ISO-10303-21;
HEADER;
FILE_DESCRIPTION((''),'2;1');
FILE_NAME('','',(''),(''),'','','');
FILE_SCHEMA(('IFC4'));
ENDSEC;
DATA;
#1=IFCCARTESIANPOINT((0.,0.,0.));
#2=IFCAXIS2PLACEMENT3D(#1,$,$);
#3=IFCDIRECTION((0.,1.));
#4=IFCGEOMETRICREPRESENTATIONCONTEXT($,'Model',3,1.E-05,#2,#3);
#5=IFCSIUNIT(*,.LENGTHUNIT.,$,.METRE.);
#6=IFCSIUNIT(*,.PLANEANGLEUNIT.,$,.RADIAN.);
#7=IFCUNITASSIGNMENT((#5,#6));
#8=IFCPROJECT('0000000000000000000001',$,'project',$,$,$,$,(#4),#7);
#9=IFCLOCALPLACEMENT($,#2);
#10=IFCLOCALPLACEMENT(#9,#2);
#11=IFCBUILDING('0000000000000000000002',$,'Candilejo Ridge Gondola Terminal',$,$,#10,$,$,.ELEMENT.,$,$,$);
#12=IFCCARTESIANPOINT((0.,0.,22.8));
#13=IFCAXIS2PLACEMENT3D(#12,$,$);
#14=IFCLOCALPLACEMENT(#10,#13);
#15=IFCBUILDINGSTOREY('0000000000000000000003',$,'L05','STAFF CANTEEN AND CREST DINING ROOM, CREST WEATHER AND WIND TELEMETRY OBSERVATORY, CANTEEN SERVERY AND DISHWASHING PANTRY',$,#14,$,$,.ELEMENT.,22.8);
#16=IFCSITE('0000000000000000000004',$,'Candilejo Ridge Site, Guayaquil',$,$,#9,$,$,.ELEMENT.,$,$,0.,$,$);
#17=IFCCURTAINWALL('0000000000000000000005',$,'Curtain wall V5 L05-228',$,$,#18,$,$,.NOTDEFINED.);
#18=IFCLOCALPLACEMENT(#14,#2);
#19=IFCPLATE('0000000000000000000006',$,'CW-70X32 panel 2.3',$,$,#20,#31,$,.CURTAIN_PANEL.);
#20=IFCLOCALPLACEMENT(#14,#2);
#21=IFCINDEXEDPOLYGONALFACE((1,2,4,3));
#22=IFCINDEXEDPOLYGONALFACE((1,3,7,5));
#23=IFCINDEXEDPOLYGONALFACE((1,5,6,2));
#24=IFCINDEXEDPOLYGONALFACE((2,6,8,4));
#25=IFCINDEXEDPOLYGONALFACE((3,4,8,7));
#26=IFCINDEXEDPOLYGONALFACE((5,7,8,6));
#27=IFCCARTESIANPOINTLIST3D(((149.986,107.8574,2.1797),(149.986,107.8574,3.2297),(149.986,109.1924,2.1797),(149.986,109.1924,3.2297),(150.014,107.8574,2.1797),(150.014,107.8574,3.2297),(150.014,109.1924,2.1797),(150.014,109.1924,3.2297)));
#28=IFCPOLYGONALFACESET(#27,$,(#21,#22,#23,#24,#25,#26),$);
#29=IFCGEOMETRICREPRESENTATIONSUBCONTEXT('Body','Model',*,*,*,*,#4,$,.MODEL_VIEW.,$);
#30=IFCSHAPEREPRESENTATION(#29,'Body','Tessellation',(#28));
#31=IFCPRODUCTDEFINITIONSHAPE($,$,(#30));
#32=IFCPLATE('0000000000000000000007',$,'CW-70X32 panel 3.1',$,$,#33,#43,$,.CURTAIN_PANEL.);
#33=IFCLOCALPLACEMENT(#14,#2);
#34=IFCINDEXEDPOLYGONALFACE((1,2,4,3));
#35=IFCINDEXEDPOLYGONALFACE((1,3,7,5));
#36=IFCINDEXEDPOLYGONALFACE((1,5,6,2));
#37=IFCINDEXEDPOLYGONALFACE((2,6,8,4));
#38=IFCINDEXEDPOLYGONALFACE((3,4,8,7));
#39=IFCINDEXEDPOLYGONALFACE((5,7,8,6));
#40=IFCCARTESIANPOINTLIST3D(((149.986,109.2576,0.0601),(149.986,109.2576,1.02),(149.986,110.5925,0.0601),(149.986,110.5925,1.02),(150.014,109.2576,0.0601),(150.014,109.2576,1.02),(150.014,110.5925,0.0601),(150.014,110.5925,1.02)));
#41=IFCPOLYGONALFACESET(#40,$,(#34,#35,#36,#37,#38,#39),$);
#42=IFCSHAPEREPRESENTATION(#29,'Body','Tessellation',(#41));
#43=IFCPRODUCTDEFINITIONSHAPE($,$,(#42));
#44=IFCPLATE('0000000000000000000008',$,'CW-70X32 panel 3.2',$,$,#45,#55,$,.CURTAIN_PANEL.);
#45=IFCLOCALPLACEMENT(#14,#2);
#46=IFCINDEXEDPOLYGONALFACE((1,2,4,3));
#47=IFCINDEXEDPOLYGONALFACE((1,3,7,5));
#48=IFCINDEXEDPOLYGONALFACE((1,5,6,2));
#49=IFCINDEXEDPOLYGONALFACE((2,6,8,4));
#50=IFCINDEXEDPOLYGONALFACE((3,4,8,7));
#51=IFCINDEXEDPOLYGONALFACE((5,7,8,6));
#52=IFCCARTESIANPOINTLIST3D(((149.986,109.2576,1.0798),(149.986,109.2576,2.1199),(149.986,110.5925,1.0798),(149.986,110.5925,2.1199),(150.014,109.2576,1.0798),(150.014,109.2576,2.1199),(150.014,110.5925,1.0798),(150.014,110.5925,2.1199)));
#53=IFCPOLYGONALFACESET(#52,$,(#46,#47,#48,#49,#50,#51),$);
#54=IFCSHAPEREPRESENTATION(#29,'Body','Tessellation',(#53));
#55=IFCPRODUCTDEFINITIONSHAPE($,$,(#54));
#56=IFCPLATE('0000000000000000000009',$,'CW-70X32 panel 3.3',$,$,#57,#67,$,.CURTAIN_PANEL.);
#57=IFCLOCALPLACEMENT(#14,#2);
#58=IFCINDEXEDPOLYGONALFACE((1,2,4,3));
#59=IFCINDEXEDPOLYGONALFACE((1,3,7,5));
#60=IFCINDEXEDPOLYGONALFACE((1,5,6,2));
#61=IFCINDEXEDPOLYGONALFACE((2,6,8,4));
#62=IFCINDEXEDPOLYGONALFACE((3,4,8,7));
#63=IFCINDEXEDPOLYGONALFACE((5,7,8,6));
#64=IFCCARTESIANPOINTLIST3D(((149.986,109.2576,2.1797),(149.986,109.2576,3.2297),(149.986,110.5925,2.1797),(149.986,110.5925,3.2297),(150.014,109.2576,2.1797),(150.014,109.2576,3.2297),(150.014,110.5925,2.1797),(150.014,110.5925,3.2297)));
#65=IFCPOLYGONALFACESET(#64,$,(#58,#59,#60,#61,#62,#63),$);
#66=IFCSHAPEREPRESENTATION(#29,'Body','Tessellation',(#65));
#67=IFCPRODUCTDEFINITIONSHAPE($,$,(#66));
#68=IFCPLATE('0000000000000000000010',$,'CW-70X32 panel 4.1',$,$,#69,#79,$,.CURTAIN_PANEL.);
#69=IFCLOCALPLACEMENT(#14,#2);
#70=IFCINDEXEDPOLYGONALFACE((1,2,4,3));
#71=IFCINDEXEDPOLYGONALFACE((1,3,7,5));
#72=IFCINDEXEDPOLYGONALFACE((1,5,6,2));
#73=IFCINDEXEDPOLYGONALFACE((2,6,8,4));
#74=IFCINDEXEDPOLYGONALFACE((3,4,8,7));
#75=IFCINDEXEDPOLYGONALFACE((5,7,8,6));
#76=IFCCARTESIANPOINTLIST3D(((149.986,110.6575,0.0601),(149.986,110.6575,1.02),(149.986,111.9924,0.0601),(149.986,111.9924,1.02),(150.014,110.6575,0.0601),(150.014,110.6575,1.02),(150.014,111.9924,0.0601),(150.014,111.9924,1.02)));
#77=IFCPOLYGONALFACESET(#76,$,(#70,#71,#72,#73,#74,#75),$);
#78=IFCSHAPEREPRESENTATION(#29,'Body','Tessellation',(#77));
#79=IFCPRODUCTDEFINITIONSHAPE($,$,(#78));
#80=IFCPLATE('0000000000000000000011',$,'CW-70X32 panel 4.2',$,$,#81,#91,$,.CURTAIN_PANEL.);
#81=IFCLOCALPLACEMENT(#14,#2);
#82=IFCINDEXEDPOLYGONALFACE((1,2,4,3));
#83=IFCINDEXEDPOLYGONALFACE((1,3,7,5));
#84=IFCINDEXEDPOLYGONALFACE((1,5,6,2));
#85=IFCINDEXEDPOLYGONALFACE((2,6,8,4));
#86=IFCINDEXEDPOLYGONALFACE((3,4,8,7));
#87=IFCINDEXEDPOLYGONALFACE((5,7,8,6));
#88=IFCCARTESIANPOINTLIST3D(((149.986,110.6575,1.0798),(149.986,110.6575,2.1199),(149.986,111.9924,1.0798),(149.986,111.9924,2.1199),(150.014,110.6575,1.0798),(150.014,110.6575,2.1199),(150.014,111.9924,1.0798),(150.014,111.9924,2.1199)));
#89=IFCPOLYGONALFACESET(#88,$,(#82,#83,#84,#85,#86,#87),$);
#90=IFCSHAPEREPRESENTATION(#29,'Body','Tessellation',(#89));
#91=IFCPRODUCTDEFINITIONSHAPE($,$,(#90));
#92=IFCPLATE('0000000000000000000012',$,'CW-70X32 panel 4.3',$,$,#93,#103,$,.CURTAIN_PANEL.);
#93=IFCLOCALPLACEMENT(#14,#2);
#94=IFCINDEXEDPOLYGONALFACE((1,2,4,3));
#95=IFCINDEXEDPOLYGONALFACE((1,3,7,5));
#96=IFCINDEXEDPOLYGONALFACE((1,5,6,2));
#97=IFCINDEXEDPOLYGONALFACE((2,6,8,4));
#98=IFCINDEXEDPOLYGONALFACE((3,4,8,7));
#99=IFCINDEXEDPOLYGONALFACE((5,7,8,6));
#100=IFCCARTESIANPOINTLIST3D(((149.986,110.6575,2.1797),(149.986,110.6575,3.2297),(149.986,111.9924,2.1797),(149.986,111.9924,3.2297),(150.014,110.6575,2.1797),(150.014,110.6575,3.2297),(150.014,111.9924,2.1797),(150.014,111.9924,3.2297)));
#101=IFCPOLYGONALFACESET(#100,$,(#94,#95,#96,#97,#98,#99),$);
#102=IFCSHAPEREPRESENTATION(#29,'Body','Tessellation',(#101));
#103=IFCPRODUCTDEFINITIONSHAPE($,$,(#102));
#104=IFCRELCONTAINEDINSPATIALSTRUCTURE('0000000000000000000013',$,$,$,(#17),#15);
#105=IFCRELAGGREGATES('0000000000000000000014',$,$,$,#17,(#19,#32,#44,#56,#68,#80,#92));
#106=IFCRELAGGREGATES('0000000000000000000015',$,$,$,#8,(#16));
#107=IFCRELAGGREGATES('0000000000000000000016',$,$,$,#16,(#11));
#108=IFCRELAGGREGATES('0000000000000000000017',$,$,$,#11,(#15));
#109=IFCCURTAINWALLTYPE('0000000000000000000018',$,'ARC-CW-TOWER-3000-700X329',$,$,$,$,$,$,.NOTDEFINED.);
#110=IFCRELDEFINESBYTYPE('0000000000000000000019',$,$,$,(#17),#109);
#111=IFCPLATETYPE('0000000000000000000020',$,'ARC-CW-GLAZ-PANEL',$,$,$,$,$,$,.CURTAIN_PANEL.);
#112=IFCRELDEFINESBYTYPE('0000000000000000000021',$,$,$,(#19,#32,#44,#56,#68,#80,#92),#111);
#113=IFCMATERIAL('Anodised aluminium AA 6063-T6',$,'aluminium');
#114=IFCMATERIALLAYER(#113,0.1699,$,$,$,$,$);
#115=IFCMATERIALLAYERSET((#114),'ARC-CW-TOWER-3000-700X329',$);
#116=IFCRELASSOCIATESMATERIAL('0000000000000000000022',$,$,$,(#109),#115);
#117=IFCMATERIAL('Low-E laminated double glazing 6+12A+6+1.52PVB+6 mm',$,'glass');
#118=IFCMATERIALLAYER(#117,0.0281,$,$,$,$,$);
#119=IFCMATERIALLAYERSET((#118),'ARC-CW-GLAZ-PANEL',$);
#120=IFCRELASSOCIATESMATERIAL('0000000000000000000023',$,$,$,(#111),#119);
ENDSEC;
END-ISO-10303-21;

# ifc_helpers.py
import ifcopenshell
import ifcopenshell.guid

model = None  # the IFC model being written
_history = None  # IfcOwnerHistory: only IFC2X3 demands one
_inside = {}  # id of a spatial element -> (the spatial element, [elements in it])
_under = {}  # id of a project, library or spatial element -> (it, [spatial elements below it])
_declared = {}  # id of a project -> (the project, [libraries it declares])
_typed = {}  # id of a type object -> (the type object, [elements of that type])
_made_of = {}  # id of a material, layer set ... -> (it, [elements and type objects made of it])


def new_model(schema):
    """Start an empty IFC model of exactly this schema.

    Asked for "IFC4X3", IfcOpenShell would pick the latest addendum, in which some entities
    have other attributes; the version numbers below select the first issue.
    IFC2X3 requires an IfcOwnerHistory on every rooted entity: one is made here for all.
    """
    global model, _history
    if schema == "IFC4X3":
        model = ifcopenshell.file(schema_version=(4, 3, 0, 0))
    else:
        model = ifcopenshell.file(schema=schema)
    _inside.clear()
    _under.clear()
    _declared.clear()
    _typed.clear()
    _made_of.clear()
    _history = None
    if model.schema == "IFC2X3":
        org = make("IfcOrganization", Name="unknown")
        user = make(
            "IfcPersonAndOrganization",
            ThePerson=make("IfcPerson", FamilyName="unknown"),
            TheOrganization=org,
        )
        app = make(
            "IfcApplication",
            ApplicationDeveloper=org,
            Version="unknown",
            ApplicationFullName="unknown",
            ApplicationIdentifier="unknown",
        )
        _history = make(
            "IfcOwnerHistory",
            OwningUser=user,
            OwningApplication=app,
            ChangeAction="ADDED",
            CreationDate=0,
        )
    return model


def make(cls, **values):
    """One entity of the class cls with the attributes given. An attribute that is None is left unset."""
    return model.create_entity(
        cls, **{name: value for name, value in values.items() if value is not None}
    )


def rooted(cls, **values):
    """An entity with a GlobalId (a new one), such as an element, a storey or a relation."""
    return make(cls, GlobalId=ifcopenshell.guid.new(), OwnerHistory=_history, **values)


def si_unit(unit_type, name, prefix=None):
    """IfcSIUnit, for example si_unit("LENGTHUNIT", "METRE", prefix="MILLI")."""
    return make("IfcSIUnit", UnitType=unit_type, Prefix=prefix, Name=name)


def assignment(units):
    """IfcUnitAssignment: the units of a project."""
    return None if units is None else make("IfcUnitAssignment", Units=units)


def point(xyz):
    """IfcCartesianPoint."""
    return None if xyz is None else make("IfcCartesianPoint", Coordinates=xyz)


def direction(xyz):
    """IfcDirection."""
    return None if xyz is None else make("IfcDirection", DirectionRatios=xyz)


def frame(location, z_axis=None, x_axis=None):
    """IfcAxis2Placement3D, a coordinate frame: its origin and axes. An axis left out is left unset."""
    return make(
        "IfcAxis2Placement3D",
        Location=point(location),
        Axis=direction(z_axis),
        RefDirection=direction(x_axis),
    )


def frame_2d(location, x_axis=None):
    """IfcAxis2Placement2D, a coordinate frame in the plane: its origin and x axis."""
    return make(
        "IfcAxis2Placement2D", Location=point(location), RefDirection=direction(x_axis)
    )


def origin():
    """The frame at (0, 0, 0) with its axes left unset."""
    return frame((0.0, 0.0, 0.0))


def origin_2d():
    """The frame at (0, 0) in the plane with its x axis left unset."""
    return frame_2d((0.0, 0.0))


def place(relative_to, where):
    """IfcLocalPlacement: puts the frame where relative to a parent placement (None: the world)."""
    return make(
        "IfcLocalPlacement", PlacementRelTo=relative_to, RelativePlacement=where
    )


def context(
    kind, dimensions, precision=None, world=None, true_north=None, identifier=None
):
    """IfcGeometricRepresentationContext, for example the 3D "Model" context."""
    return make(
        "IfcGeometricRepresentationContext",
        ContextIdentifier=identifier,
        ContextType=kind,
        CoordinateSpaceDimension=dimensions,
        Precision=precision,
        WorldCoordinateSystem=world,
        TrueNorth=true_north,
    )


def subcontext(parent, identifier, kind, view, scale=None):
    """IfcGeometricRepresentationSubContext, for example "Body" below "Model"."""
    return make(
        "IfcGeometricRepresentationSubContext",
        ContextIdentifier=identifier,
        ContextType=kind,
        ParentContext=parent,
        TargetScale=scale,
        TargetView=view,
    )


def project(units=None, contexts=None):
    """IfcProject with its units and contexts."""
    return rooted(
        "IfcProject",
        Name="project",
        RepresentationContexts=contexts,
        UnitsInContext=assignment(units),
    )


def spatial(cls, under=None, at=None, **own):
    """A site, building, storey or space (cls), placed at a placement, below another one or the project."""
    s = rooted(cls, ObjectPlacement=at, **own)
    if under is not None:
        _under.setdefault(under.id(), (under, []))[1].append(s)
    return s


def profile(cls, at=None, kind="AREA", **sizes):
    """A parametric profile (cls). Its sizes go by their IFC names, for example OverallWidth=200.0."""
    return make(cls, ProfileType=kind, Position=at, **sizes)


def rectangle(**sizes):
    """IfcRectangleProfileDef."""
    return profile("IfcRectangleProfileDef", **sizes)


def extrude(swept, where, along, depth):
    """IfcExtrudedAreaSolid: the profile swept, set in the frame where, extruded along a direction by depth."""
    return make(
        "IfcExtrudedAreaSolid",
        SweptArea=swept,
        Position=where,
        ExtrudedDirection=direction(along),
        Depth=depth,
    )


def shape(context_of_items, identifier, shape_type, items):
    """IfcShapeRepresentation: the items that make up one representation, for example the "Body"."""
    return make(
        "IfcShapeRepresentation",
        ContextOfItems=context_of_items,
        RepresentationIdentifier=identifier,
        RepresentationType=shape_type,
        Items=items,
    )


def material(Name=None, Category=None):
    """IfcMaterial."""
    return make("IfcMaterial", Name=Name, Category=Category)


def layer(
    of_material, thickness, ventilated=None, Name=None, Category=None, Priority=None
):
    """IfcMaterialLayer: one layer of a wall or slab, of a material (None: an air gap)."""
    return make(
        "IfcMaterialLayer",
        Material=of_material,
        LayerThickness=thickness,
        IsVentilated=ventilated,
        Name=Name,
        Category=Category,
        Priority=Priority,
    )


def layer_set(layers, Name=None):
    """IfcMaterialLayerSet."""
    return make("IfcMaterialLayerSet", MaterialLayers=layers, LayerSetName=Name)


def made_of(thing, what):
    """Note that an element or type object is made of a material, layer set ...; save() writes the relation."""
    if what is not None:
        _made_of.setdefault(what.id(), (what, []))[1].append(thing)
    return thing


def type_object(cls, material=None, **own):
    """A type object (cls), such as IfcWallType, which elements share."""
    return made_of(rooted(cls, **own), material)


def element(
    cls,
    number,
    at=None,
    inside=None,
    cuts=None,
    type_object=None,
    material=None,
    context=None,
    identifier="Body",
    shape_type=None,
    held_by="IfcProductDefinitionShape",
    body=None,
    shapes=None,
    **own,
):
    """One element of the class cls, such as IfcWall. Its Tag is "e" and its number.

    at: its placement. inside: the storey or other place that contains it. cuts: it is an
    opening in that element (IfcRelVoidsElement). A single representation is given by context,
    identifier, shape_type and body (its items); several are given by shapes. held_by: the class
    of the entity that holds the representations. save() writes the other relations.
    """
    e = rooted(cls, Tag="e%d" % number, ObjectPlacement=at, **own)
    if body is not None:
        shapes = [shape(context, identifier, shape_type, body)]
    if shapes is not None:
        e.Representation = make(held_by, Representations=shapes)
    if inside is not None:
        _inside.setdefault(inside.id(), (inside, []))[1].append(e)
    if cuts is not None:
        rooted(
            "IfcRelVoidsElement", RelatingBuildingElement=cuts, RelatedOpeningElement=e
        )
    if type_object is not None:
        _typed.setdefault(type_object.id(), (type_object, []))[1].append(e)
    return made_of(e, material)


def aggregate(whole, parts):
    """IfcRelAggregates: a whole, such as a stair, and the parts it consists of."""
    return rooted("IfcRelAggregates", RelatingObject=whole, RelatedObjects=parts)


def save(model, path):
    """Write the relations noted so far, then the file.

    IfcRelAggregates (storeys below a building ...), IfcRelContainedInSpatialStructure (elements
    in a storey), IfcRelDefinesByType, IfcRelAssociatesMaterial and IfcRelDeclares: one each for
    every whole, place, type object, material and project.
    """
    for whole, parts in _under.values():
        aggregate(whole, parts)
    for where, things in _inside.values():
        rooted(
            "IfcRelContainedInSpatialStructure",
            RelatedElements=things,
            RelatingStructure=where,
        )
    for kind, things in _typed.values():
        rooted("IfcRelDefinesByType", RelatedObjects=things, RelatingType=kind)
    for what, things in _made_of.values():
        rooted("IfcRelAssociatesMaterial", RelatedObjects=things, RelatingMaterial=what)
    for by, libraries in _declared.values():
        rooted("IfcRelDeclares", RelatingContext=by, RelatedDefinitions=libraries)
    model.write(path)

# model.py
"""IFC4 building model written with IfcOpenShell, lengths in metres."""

from ifc_helpers import new_model, si_unit, direction, frame, origin, origin_2d, place, context, subcontext, project, spatial, rectangle, extrude, material, layer, layer_set, type_object, element, aggregate, save


model = new_model("IFC4")

# Units and contexts
model_context = context("Model", 3, precision=1e-05, world=origin(), true_north=direction((0.0, 1.0)))
body_context = subcontext(model_context, "Body", "Model", "MODEL_VIEW")
ifc_project = project(units=[si_unit("LENGTHUNIT", "METRE"), si_unit("PLANEANGLEUNIT", "RADIAN")], contexts=[model_context])

# Site, building, storey
site_placement = place(None, origin())
site = spatial("IfcSite", under=ifc_project, at=site_placement, Name="Candilejo Ridge Site, Guayaquil", CompositionType="ELEMENT", RefElevation=0.0)
building_placement = place(site_placement, origin())
building = spatial("IfcBuilding", under=site, at=building_placement, Name="Candilejo Ridge Gondola Terminal", CompositionType="ELEMENT")
storey_placement = place(building_placement, frame((0.0, 0.0, 22.8)))
storey = spatial("IfcBuildingStorey", under=building, at=storey_placement, Name="L05", Description="STAFF CANTEEN AND CREST DINING ROOM, CREST WEATHER AND WIND TELEMETRY OBSERVATORY, CANTEEN SERVERY AND DISHWASHING PANTRY", CompositionType="ELEMENT", Elevation=22.8)

# Curtain wall, plates
ifc_material_1 = material(Name="Anodised aluminium AA 6063-T6", Category="aluminium")
ifc_layer_1 = layer(ifc_material_1, 0.1699)
ifc_layer_set_1 = layer_set([ifc_layer_1], Name="ARC-CW-TOWER-3000-700X329")
curtain_wall_type = type_object("IfcCurtainWallType", Name="ARC-CW-TOWER-3000-700X329", PredefinedType="NOTDEFINED", material=ifc_layer_set_1)
curtain_wall_placement = place(storey_placement, origin())
curtain_wall = element("IfcCurtainWall", 1, at=curtain_wall_placement, inside=storey, type_object=curtain_wall_type, Name="Curtain wall V5 L05-228", PredefinedType="NOTDEFINED")
ifc_material_2 = material(Name="Low-E laminated double glazing 6+12A+6+1.52PVB+6 mm", Category="glass")
ifc_layer_2 = layer(ifc_material_2, 0.0281)
ifc_layer_set_2 = layer_set([ifc_layer_2], Name="ARC-CW-GLAZ-PANEL")
plate_type = type_object("IfcPlateType", Name="ARC-CW-GLAZ-PANEL", PredefinedType="CURTAIN_PANEL", material=ifc_layer_set_2)
plate_1_placement = place(storey_placement, frame((150.0, 108.5249, 2.1797), z_axis=(0.0, 0.0, 1.0), x_axis=(0.0, 1.0, 0.0)))
plate_1 = element("IfcPlate", 2, at=plate_1_placement, type_object=plate_type, Name="CW-70X32 panel 2.3", PredefinedType="CURTAIN_PANEL", context=body_context, shape_type="SweptSolid", body=[
    extrude(rectangle(XDim=1.335, YDim=0.0281, at=origin_2d()), origin(), (0.0, 0.0, 1.0), 1.05),
])
plate_2_placement = place(storey_placement, frame((150.0, 109.925, 0.0601), z_axis=(0.0, 0.0, 1.0), x_axis=(0.0, 1.0, 0.0)))
plate_2 = element("IfcPlate", 3, at=plate_2_placement, type_object=plate_type, Name="CW-70X32 panel 3.1", PredefinedType="CURTAIN_PANEL", context=body_context, shape_type="SweptSolid", body=[
    extrude(rectangle(XDim=1.335, YDim=0.0281, at=origin_2d()), origin(), (0.0, 0.0, 1.0), 0.96),
])
plate_3_placement = place(storey_placement, frame((150.0, 109.925, 1.0798), z_axis=(0.0, 0.0, 1.0), x_axis=(0.0, 1.0, 0.0)))
plate_3 = element("IfcPlate", 4, at=plate_3_placement, type_object=plate_type, Name="CW-70X32 panel 3.2", PredefinedType="CURTAIN_PANEL", context=body_context, shape_type="SweptSolid", body=[
    extrude(rectangle(XDim=1.335, YDim=0.0281, at=origin_2d()), origin(), (0.0, 0.0, 1.0), 1.04),
])
plate_4_placement = place(storey_placement, frame((150.0, 109.925, 2.1797), z_axis=(0.0, 0.0, 1.0), x_axis=(0.0, 1.0, 0.0)))
plate_4 = element("IfcPlate", 5, at=plate_4_placement, type_object=plate_type, Name="CW-70X32 panel 3.3", PredefinedType="CURTAIN_PANEL", context=body_context, shape_type="SweptSolid", body=[
    extrude(rectangle(XDim=1.335, YDim=0.0281, at=origin_2d()), origin(), (0.0, 0.0, 1.0), 1.05),
])
plate_5_placement = place(storey_placement, frame((150.0, 111.325, 0.0601), z_axis=(0.0, 0.0, 1.0), x_axis=(0.0, 1.0, 0.0)))
plate_5 = element("IfcPlate", 6, at=plate_5_placement, type_object=plate_type, Name="CW-70X32 panel 4.1", PredefinedType="CURTAIN_PANEL", context=body_context, shape_type="SweptSolid", body=[
    extrude(rectangle(XDim=1.335, YDim=0.0281, at=origin_2d()), origin(), (0.0, 0.0, 1.0), 0.96),
])
plate_6_placement = place(storey_placement, frame((150.0, 111.325, 1.0798), z_axis=(0.0, 0.0, 1.0), x_axis=(0.0, 1.0, 0.0)))
plate_6 = element("IfcPlate", 7, at=plate_6_placement, type_object=plate_type, Name="CW-70X32 panel 4.2", PredefinedType="CURTAIN_PANEL", context=body_context, shape_type="SweptSolid", body=[
    extrude(rectangle(XDim=1.335, YDim=0.0281, at=origin_2d()), origin(), (0.0, 0.0, 1.0), 1.04),
])
plate_7_placement = place(storey_placement, frame((150.0, 111.325, 2.1797), z_axis=(0.0, 0.0, 1.0), x_axis=(0.0, 1.0, 0.0)))
plate_7 = element("IfcPlate", 8, at=plate_7_placement, type_object=plate_type, Name="CW-70X32 panel 4.3", PredefinedType="CURTAIN_PANEL", context=body_context, shape_type="SweptSolid", body=[
    extrude(rectangle(XDim=1.335, YDim=0.0281, at=origin_2d()), origin(), (0.0, 0.0, 1.0), 1.05),
])
aggregate(curtain_wall, [plate_1, plate_2, plate_3, plate_4, plate_5, plate_6, plate_7])

save(model, "model.ifc")
